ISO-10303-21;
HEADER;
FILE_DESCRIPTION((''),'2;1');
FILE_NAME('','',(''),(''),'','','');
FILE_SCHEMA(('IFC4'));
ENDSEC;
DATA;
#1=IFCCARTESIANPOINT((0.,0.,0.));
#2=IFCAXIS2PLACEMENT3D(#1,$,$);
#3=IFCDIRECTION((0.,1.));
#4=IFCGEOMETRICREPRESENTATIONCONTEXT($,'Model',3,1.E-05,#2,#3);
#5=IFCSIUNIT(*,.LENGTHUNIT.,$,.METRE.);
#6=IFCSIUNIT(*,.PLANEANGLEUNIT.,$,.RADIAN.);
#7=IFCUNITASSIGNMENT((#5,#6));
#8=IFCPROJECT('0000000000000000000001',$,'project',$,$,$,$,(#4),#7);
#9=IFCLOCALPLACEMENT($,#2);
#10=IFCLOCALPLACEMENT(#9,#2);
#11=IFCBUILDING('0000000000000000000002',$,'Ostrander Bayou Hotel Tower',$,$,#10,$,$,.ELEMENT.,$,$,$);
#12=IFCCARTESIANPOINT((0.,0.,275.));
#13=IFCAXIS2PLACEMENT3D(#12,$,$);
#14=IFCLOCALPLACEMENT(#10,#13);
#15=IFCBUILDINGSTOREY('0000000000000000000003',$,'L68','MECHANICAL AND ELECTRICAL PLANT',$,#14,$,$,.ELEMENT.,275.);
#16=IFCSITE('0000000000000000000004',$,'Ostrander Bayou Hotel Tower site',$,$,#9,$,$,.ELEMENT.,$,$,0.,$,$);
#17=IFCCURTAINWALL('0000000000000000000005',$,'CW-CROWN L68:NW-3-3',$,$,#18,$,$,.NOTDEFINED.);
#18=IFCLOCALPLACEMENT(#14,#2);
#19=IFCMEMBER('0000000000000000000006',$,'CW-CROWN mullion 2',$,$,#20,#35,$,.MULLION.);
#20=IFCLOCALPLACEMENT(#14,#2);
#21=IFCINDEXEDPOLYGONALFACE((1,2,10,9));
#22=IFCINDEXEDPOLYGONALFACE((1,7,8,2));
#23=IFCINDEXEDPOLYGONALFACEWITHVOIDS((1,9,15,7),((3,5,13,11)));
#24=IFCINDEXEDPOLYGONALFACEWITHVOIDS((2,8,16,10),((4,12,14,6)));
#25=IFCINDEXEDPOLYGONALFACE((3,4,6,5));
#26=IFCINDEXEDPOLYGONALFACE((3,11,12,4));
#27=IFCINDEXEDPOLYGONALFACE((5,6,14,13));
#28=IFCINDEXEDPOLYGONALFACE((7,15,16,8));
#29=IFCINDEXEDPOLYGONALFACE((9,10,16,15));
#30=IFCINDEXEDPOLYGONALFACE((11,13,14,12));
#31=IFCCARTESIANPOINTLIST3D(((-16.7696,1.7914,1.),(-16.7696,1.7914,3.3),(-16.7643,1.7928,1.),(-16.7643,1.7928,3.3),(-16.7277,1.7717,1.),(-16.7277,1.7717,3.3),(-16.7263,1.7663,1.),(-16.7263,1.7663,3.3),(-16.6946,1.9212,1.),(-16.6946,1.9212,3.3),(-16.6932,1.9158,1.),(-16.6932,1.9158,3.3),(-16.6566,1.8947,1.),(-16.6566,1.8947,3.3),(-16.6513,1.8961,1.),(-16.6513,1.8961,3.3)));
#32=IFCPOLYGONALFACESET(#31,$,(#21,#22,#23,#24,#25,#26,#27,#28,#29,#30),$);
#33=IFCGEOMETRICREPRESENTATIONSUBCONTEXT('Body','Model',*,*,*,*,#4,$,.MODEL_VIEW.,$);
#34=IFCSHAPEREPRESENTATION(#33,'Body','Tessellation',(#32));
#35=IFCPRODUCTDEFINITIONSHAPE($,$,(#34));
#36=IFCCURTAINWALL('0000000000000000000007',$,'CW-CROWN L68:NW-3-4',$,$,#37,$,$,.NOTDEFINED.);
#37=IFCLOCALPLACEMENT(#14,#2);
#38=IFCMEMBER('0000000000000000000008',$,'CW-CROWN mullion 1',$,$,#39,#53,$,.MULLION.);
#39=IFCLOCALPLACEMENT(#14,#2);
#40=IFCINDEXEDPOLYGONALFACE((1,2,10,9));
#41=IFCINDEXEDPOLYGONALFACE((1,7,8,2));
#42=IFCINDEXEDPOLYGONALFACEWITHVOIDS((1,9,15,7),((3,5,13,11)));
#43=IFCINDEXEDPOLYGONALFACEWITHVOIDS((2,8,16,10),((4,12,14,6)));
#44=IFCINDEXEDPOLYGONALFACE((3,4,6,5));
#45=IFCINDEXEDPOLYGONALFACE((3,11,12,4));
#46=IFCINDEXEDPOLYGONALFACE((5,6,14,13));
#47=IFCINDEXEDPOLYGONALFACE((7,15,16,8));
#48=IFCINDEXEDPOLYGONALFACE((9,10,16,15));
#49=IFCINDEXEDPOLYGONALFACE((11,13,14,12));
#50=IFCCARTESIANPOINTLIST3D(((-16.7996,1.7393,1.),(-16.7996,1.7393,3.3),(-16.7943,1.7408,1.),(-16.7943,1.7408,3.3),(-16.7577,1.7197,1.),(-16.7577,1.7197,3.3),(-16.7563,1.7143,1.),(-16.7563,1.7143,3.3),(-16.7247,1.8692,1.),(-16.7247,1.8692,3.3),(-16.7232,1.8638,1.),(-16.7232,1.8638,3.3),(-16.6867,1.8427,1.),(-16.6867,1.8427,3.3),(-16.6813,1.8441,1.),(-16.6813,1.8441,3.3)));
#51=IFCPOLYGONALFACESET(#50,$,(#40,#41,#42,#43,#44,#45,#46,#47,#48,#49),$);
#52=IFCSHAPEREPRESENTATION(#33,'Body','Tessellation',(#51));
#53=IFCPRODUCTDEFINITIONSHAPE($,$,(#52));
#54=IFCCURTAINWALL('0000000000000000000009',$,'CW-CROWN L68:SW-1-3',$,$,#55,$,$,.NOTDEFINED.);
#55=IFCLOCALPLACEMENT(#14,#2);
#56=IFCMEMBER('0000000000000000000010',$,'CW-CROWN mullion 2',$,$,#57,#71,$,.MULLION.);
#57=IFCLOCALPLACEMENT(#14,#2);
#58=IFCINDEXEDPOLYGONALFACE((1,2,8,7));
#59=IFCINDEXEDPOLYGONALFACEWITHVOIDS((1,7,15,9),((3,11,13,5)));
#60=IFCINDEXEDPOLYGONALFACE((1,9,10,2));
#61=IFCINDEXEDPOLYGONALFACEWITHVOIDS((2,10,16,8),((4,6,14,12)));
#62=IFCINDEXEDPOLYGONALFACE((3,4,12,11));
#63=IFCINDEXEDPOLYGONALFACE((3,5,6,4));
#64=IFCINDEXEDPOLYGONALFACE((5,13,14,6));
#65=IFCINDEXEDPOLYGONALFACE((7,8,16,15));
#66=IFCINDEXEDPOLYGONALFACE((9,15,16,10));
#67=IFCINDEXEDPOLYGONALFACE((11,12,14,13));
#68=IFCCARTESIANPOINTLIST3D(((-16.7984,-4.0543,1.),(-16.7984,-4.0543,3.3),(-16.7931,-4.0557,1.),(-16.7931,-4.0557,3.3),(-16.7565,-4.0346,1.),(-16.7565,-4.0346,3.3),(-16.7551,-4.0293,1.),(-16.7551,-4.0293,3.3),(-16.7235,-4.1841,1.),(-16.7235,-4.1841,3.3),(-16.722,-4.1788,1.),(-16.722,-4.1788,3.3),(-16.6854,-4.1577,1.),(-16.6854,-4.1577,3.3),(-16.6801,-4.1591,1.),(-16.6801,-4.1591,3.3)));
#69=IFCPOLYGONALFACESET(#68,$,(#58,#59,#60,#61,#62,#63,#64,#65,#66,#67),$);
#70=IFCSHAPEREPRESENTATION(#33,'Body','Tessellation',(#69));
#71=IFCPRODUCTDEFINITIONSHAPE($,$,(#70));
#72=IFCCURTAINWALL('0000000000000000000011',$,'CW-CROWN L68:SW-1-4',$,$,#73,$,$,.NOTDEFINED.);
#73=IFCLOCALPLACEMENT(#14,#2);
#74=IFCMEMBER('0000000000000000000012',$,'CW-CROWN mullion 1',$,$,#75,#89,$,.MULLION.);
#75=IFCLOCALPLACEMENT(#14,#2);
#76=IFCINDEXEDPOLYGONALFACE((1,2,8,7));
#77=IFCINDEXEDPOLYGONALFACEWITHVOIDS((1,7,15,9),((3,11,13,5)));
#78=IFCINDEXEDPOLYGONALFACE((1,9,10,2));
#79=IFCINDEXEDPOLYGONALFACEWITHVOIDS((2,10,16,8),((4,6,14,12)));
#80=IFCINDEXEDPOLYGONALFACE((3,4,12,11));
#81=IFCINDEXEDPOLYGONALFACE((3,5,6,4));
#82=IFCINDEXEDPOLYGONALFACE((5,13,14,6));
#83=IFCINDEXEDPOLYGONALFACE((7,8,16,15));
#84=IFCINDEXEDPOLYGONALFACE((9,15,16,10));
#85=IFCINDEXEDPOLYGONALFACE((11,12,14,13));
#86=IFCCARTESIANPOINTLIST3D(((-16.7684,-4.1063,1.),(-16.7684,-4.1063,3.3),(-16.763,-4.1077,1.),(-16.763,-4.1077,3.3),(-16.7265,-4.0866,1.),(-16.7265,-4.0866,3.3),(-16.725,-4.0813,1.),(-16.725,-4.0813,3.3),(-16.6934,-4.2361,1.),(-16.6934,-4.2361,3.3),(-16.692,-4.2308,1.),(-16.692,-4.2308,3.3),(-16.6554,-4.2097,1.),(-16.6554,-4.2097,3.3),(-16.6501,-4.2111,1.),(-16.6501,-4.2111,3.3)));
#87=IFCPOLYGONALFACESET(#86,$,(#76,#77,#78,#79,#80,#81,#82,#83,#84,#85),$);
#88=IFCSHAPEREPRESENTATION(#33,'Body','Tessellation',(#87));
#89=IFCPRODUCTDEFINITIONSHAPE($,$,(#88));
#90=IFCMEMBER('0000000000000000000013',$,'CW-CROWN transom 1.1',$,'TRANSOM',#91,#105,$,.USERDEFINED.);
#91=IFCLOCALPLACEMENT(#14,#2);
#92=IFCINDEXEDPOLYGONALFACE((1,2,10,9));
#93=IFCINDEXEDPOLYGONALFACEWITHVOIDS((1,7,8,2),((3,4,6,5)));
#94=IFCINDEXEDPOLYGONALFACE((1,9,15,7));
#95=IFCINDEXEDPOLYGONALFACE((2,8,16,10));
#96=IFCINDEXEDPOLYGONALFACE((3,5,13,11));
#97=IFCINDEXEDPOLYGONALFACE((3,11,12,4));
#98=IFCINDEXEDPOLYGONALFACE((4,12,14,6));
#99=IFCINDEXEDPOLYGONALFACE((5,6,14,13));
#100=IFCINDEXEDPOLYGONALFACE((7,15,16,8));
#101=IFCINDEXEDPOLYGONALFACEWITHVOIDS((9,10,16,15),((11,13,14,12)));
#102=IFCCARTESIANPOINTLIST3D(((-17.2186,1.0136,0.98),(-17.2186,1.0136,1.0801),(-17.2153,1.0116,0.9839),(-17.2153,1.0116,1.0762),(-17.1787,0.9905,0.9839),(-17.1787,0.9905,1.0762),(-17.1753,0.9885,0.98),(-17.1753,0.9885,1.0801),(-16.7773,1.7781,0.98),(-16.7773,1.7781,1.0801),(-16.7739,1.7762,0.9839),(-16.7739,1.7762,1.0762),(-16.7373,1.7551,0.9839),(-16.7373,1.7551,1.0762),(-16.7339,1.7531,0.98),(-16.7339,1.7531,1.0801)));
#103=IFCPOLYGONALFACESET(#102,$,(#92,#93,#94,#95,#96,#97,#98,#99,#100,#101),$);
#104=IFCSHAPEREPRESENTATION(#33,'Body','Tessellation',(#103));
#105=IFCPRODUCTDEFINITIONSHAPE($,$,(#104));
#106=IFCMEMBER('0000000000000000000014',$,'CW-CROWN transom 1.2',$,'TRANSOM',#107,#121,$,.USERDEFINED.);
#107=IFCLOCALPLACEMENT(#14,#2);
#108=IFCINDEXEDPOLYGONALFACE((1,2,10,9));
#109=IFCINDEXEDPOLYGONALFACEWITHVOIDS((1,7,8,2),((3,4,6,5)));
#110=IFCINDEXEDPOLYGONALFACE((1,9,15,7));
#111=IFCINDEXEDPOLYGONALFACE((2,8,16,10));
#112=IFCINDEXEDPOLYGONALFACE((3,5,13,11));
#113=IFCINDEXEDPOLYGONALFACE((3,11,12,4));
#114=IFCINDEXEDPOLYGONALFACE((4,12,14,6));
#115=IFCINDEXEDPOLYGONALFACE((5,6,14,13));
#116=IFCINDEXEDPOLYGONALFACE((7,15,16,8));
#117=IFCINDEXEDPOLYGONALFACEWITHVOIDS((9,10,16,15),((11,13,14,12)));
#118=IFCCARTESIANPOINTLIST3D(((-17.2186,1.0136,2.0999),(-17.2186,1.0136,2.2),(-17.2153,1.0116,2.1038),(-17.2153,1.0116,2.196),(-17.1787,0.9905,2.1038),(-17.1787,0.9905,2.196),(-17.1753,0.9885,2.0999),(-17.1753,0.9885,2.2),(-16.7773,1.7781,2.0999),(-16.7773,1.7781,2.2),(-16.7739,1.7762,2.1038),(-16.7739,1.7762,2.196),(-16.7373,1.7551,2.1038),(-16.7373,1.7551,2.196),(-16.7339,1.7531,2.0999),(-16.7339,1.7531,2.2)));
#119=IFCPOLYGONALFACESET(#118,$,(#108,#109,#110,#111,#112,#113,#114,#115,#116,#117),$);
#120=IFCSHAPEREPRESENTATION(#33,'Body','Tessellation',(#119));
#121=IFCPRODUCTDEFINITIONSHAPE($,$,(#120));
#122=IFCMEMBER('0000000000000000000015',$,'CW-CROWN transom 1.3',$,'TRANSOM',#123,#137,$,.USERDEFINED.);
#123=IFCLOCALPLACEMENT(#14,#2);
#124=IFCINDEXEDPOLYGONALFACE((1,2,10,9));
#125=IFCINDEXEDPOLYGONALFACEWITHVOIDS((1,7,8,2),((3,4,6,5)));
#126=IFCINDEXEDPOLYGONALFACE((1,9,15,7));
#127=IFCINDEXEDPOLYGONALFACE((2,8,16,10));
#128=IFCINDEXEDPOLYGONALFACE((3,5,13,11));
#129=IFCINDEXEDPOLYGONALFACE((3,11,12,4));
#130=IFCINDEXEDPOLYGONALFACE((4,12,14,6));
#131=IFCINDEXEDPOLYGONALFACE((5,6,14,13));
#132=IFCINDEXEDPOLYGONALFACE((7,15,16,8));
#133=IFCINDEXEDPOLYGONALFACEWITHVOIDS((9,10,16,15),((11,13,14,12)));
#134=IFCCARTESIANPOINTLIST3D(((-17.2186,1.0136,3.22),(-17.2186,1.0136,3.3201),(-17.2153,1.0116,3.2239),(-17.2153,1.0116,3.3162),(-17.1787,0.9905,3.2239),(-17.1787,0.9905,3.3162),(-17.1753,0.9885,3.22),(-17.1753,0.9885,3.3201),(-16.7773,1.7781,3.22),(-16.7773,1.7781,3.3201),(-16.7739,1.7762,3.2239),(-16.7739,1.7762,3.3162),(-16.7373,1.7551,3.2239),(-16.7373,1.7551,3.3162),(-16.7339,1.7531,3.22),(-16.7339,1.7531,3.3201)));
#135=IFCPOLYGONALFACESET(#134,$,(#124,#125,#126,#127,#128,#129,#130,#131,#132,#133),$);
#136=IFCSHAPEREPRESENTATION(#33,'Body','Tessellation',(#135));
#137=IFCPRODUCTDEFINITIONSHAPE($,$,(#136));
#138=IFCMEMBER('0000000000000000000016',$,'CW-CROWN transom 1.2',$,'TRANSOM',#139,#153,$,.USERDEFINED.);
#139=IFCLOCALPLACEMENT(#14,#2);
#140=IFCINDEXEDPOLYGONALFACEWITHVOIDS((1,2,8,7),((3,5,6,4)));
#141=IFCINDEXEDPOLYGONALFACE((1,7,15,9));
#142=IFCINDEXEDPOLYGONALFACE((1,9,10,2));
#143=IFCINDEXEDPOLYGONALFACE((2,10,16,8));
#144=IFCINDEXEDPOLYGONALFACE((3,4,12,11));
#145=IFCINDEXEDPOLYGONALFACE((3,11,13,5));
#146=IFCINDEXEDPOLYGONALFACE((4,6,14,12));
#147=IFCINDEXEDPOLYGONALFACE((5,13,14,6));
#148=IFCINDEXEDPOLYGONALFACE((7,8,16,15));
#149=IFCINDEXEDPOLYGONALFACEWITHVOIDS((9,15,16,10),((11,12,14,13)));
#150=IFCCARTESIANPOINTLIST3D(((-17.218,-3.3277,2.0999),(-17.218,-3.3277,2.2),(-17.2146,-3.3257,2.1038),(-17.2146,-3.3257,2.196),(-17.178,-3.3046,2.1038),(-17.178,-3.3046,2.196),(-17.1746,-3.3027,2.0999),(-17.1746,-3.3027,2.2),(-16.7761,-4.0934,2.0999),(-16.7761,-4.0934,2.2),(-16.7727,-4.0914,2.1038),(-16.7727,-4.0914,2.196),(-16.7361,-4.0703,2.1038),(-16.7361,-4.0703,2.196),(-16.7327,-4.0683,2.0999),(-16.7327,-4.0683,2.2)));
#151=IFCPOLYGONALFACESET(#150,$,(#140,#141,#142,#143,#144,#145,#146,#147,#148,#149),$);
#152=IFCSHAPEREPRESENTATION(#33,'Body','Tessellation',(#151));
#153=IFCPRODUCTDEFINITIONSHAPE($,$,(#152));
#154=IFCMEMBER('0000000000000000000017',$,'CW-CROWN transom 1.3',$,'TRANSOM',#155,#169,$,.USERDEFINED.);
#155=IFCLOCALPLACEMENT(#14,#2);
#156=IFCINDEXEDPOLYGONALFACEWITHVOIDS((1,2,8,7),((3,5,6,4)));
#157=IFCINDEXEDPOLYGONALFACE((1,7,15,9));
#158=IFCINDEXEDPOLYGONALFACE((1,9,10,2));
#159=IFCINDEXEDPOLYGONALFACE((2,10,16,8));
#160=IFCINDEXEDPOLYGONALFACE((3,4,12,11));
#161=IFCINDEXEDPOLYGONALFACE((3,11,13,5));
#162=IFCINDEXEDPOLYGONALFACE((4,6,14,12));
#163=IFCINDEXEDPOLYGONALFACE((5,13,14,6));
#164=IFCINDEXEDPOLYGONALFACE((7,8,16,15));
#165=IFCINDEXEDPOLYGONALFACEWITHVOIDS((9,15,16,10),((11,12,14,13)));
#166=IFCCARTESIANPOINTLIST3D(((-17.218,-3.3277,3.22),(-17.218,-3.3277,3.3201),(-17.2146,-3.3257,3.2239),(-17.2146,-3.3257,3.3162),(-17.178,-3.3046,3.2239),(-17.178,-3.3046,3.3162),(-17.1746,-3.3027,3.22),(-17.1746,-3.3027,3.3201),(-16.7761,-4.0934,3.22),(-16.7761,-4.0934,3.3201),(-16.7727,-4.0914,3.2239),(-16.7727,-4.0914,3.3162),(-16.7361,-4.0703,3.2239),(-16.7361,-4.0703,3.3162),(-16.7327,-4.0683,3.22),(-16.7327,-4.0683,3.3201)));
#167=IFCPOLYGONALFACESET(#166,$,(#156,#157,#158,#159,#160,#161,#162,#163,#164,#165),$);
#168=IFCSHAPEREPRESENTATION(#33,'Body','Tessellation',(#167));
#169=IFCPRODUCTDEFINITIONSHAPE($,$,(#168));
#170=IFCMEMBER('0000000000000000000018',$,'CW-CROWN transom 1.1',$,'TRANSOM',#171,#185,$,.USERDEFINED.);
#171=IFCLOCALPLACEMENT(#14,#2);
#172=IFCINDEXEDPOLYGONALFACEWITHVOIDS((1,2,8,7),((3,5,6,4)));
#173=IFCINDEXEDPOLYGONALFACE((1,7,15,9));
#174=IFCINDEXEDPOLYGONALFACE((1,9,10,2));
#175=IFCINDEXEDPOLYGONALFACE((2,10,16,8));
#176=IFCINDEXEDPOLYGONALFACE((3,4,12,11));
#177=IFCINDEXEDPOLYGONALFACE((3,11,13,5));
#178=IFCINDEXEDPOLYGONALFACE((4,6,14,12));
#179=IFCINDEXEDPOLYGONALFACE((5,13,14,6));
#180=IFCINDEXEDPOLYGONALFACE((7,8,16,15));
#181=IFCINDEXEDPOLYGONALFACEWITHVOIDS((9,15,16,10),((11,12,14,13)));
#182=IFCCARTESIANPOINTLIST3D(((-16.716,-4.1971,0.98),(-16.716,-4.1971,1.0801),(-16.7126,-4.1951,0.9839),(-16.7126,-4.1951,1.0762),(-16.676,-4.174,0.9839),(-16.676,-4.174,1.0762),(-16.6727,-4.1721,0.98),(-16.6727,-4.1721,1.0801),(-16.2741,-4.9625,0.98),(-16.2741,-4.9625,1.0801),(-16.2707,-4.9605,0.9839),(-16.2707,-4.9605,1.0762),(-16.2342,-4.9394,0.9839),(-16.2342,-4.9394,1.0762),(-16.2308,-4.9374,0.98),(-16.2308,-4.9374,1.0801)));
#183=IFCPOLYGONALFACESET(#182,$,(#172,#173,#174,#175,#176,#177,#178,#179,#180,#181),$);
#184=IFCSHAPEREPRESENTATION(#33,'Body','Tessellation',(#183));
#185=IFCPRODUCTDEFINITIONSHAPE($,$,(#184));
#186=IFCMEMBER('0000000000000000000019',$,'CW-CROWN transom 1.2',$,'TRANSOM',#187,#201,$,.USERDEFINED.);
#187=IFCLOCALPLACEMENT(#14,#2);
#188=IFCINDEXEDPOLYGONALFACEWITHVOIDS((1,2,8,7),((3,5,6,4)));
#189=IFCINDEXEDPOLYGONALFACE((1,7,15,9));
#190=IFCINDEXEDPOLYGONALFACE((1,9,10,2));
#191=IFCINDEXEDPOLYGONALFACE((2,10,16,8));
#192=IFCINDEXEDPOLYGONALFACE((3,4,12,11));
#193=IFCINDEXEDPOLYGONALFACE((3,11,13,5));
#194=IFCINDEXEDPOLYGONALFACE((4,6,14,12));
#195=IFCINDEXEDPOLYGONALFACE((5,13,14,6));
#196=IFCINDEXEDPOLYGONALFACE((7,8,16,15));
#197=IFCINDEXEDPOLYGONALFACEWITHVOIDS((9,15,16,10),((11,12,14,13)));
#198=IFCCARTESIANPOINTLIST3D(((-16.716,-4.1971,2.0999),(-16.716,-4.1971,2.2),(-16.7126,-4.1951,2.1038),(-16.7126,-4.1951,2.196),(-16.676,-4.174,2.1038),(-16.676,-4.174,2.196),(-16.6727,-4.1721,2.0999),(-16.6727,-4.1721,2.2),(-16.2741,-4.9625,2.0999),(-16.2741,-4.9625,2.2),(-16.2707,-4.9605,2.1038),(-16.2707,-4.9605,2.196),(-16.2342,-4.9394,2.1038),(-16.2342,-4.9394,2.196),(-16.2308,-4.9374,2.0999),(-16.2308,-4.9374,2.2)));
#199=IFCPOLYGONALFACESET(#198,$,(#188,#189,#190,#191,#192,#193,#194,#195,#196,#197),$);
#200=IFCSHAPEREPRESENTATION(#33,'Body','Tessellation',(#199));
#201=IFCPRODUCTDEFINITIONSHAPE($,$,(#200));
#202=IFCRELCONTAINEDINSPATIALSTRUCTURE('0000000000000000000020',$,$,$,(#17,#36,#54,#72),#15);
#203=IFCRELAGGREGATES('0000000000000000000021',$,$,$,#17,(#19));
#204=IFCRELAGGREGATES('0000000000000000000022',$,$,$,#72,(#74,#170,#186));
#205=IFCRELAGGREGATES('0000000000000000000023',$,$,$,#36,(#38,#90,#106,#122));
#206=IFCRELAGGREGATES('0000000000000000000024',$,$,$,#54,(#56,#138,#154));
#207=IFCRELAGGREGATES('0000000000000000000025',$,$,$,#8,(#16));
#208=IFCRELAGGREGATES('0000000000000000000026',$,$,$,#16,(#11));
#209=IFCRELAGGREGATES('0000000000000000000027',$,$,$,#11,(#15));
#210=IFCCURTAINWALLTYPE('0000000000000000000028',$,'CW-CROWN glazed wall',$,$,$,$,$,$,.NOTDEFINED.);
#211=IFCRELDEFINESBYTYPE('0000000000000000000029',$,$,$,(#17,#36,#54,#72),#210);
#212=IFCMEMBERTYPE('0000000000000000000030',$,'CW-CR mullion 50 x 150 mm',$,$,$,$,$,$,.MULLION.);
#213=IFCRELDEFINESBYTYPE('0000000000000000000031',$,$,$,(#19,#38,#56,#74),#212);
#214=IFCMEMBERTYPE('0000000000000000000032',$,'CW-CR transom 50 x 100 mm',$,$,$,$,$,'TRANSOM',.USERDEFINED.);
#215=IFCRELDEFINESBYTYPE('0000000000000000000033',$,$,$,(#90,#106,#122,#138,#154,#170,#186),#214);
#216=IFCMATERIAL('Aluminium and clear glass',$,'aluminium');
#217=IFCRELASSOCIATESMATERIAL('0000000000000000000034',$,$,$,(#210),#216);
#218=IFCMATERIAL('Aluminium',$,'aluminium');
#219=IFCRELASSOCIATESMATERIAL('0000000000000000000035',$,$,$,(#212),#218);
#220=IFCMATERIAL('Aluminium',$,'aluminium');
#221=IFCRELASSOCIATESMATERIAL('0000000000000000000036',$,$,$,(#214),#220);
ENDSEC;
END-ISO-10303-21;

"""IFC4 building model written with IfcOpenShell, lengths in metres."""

from ifc_helpers import new_model, si_unit, direction, frame, origin, origin_2d, place, context, subcontext, project, spatial, hollow_rectangle, extrude, material, material_profile, profile_set, type_object, element, aggregate, save


model = new_model("IFC4")

# Units and contexts
model_context = context("Model", 3, precision=1e-05, world=origin(), true_north=direction((0.0, 1.0)))
body_context = subcontext(model_context, "Body", "Model", "MODEL_VIEW")
ifc_project = project(units=[si_unit("LENGTHUNIT", "METRE"), si_unit("PLANEANGLEUNIT", "RADIAN")], contexts=[model_context])

# Site, building, storey
site_placement = place(None, origin())
site = spatial("IfcSite", under=ifc_project, at=site_placement, Name="Ostrander Bayou Hotel Tower site", CompositionType="ELEMENT", RefElevation=0.0)
building_placement = place(site_placement, origin())
building = spatial("IfcBuilding", under=site, at=building_placement, Name="Ostrander Bayou Hotel Tower", CompositionType="ELEMENT")
storey_placement = place(building_placement, frame((0.0, 0.0, 275.0)))
storey = spatial("IfcBuildingStorey", under=building, at=storey_placement, Name="L68", Description="MECHANICAL AND ELECTRICAL PLANT", CompositionType="ELEMENT", Elevation=275.0)

# Curtain walls, members
ifc_material_1 = material(Name="Aluminium and clear glass", Category="aluminium")
curtain_wall_type = type_object("IfcCurtainWallType", Name="CW-CROWN glazed wall", PredefinedType="NOTDEFINED", material=ifc_material_1)
curtain_wall_1_placement = place(storey_placement, origin())
curtain_wall_1 = element("IfcCurtainWall", 1, at=curtain_wall_1_placement, inside=storey, type_object=curtain_wall_type, Name="CW-CROWN L68:NW-3-3", PredefinedType="NOTDEFINED")
ifc_material_2 = material(Name="Aluminium", Category="aluminium")
ifc_material_profile_1 = material_profile(ifc_material_2, hollow_rectangle(XDim=0.05, YDim=0.1499, WallThickness=0.0039, at=origin_2d()))
ifc_profile_set_1 = profile_set([ifc_material_profile_1], Name="Aluminium")
member_type_1 = type_object("IfcMemberType", Name="CW-CR mullion 50 x 150 mm", PredefinedType="MULLION", material=ifc_profile_set_1)
member_1_placement = place(storey_placement, frame((-16.7104, 1.8438, 1.0), z_axis=(0.0, 0.0, 1.0), x_axis=(0.86602, -0.50001, 0.0)))
member_1 = element("IfcMember", 2, at=member_1_placement, type_object=member_type_1, Name="CW-CROWN mullion 2", PredefinedType="MULLION", context=body_context, shape_type="SweptSolid", body=[
    extrude(hollow_rectangle(XDim=0.05, YDim=0.1499, WallThickness=0.0039, at=origin_2d()), origin(), (0.0, 0.0, 1.0), 2.3),
])
aggregate(curtain_wall_1, [member_1])
curtain_wall_2_placement = place(storey_placement, origin())
curtain_wall_2 = element("IfcCurtainWall", 3, at=curtain_wall_2_placement, inside=storey, type_object=curtain_wall_type, Name="CW-CROWN L68:NW-3-4", PredefinedType="NOTDEFINED")
member_2_placement = place(storey_placement, frame((-16.7405, 1.7917, 1.0), z_axis=(0.0, 0.0, 1.0), x_axis=(0.866044, -0.499967, 0.0)))
member_2 = element("IfcMember", 4, at=member_2_placement, type_object=member_type_1, Name="CW-CROWN mullion 1", PredefinedType="MULLION", context=body_context, shape_type="SweptSolid", body=[
    extrude(hollow_rectangle(XDim=0.05, YDim=0.1499, WallThickness=0.0039, at=origin_2d()), origin(), (0.0, 0.0, 1.0), 2.3),
])
curtain_wall_3_placement = place(storey_placement, origin())
curtain_wall_3 = element("IfcCurtainWall", 5, at=curtain_wall_3_placement, inside=storey, type_object=curtain_wall_type, Name="CW-CROWN L68:SW-1-3", PredefinedType="NOTDEFINED")
member_3_placement = place(storey_placement, frame((-16.7393, -4.1067, 1.0), z_axis=(0.0, 0.0, 1.0), x_axis=(0.866046, 0.499964, 0.0)))
member_3 = element("IfcMember", 6, at=member_3_placement, type_object=member_type_1, Name="CW-CROWN mullion 2", PredefinedType="MULLION", context=body_context, shape_type="SweptSolid", body=[
    extrude(hollow_rectangle(XDim=0.05, YDim=0.1499, WallThickness=0.0039, at=origin_2d()), origin(), (0.0, 0.0, 1.0), 2.3),
])
curtain_wall_4_placement = place(storey_placement, origin())
curtain_wall_4 = element("IfcCurtainWall", 7, at=curtain_wall_4_placement, inside=storey, type_object=curtain_wall_type, Name="CW-CROWN L68:SW-1-4", PredefinedType="NOTDEFINED")
member_4_placement = place(storey_placement, frame((-16.7092, -4.1587, 1.0), z_axis=(0.0, 0.0, 1.0), x_axis=(0.866021, 0.500007, 0.0)))
member_4 = element("IfcMember", 8, at=member_4_placement, type_object=member_type_1, Name="CW-CROWN mullion 1", PredefinedType="MULLION", context=body_context, shape_type="SweptSolid", body=[
    extrude(hollow_rectangle(XDim=0.05, YDim=0.1499, WallThickness=0.0039, at=origin_2d()), origin(), (0.0, 0.0, 1.0), 2.3),
])

# Members
ifc_material_3 = material(Name="Aluminium", Category="aluminium")
ifc_material_profile_2 = material_profile(ifc_material_3, hollow_rectangle(XDim=0.05, YDim=0.1001, WallThickness=0.0039, at=origin_2d()))
ifc_profile_set_2 = profile_set([ifc_material_profile_2], Name="Aluminium")
member_type_2 = type_object("IfcMemberType", Name="CW-CR transom 50 x 100 mm", ElementType="TRANSOM", PredefinedType="USERDEFINED", material=ifc_profile_set_2)
member_5_placement = place(storey_placement, frame((-16.7556, 1.7656, 1.03), z_axis=(-0.499946, -0.866057, 0.0), x_axis=(0.866057, -0.499946, 0.0)))
member_5 = element("IfcMember", 9, at=member_5_placement, type_object=member_type_2, Name="CW-CROWN transom 1.1", ObjectType="TRANSOM", PredefinedType="USERDEFINED", context=body_context, shape_type="SweptSolid", body=[
    extrude(hollow_rectangle(XDim=0.05, YDim=0.1001, WallThickness=0.0039, at=origin_2d()), origin(), (0.0, 0.0, 1.0), 0.8828),
])
member_6_placement = place(storey_placement, frame((-16.7556, 1.7656, 2.1499), z_axis=(-0.499946, -0.866057, 0.0), x_axis=(0.866057, -0.499946, 0.0)))
member_6 = element("IfcMember", 10, at=member_6_placement, type_object=member_type_2, Name="CW-CROWN transom 1.2", ObjectType="TRANSOM", PredefinedType="USERDEFINED", context=body_context, shape_type="SweptSolid", body=[
    extrude(hollow_rectangle(XDim=0.05, YDim=0.1001, WallThickness=0.0039, at=origin_2d()), origin(), (0.0, 0.0, 1.0), 0.8828),
])
member_7_placement = place(storey_placement, frame((-16.7556, 1.7656, 3.27), z_axis=(-0.499946, -0.866057, 0.0), x_axis=(0.866057, -0.499946, 0.0)))
member_7 = element("IfcMember", 11, at=member_7_placement, type_object=member_type_2, Name="CW-CROWN transom 1.3", ObjectType="TRANSOM", PredefinedType="USERDEFINED", context=body_context, shape_type="SweptSolid", body=[
    extrude(hollow_rectangle(XDim=0.05, YDim=0.1001, WallThickness=0.0039, at=origin_2d()), origin(), (0.0, 0.0, 1.0), 0.8828),
])
member_8_placement = place(storey_placement, frame((-17.1963, -3.3152, 2.1499), z_axis=(0.499882, -0.866094, 0.0), x_axis=(0.866094, 0.499882, 0.0)))
member_8 = element("IfcMember", 12, at=member_8_placement, type_object=member_type_2, Name="CW-CROWN transom 1.2", ObjectType="TRANSOM", PredefinedType="USERDEFINED", context=body_context, shape_type="SweptSolid", body=[
    extrude(hollow_rectangle(XDim=0.05, YDim=0.1001, WallThickness=0.0039, at=origin_2d()), origin(), (0.0, 0.0, 1.0), 0.884),
])
member_9_placement = place(storey_placement, frame((-17.1963, -3.3152, 3.27), z_axis=(0.499882, -0.866094, 0.0), x_axis=(0.866094, 0.499882, 0.0)))
member_9 = element("IfcMember", 13, at=member_9_placement, type_object=member_type_2, Name="CW-CROWN transom 1.3", ObjectType="TRANSOM", PredefinedType="USERDEFINED", context=body_context, shape_type="SweptSolid", body=[
    extrude(hollow_rectangle(XDim=0.05, YDim=0.1001, WallThickness=0.0039, at=origin_2d()), origin(), (0.0, 0.0, 1.0), 0.884),
])
member_10_placement = place(storey_placement, frame((-16.6943, -4.1846, 1.03), z_axis=(0.500001, -0.866025, 0.0), x_axis=(0.866025, 0.500001, 0.0)))
member_10 = element("IfcMember", 14, at=member_10_placement, type_object=member_type_2, Name="CW-CROWN transom 1.1", ObjectType="TRANSOM", PredefinedType="USERDEFINED", context=body_context, shape_type="SweptSolid", body=[
    extrude(hollow_rectangle(XDim=0.05, YDim=0.1001, WallThickness=0.0039, at=origin_2d()), origin(), (0.0, 0.0, 1.0), 0.8838),
])
member_11_placement = place(storey_placement, frame((-16.6943, -4.1846, 2.1499), z_axis=(0.500001, -0.866025, 0.0), x_axis=(0.866025, 0.500001, 0.0)))
member_11 = element("IfcMember", 15, at=member_11_placement, type_object=member_type_2, Name="CW-CROWN transom 1.2", ObjectType="TRANSOM", PredefinedType="USERDEFINED", context=body_context, shape_type="SweptSolid", body=[
    extrude(hollow_rectangle(XDim=0.05, YDim=0.1001, WallThickness=0.0039, at=origin_2d()), origin(), (0.0, 0.0, 1.0), 0.8838),
])
aggregate(curtain_wall_4, [member_4, member_10, member_11])

aggregate(curtain_wall_2, [member_2, member_5, member_6, member_7])
aggregate(curtain_wall_3, [member_3, member_8, member_9])

save(model, "model.ifc")
